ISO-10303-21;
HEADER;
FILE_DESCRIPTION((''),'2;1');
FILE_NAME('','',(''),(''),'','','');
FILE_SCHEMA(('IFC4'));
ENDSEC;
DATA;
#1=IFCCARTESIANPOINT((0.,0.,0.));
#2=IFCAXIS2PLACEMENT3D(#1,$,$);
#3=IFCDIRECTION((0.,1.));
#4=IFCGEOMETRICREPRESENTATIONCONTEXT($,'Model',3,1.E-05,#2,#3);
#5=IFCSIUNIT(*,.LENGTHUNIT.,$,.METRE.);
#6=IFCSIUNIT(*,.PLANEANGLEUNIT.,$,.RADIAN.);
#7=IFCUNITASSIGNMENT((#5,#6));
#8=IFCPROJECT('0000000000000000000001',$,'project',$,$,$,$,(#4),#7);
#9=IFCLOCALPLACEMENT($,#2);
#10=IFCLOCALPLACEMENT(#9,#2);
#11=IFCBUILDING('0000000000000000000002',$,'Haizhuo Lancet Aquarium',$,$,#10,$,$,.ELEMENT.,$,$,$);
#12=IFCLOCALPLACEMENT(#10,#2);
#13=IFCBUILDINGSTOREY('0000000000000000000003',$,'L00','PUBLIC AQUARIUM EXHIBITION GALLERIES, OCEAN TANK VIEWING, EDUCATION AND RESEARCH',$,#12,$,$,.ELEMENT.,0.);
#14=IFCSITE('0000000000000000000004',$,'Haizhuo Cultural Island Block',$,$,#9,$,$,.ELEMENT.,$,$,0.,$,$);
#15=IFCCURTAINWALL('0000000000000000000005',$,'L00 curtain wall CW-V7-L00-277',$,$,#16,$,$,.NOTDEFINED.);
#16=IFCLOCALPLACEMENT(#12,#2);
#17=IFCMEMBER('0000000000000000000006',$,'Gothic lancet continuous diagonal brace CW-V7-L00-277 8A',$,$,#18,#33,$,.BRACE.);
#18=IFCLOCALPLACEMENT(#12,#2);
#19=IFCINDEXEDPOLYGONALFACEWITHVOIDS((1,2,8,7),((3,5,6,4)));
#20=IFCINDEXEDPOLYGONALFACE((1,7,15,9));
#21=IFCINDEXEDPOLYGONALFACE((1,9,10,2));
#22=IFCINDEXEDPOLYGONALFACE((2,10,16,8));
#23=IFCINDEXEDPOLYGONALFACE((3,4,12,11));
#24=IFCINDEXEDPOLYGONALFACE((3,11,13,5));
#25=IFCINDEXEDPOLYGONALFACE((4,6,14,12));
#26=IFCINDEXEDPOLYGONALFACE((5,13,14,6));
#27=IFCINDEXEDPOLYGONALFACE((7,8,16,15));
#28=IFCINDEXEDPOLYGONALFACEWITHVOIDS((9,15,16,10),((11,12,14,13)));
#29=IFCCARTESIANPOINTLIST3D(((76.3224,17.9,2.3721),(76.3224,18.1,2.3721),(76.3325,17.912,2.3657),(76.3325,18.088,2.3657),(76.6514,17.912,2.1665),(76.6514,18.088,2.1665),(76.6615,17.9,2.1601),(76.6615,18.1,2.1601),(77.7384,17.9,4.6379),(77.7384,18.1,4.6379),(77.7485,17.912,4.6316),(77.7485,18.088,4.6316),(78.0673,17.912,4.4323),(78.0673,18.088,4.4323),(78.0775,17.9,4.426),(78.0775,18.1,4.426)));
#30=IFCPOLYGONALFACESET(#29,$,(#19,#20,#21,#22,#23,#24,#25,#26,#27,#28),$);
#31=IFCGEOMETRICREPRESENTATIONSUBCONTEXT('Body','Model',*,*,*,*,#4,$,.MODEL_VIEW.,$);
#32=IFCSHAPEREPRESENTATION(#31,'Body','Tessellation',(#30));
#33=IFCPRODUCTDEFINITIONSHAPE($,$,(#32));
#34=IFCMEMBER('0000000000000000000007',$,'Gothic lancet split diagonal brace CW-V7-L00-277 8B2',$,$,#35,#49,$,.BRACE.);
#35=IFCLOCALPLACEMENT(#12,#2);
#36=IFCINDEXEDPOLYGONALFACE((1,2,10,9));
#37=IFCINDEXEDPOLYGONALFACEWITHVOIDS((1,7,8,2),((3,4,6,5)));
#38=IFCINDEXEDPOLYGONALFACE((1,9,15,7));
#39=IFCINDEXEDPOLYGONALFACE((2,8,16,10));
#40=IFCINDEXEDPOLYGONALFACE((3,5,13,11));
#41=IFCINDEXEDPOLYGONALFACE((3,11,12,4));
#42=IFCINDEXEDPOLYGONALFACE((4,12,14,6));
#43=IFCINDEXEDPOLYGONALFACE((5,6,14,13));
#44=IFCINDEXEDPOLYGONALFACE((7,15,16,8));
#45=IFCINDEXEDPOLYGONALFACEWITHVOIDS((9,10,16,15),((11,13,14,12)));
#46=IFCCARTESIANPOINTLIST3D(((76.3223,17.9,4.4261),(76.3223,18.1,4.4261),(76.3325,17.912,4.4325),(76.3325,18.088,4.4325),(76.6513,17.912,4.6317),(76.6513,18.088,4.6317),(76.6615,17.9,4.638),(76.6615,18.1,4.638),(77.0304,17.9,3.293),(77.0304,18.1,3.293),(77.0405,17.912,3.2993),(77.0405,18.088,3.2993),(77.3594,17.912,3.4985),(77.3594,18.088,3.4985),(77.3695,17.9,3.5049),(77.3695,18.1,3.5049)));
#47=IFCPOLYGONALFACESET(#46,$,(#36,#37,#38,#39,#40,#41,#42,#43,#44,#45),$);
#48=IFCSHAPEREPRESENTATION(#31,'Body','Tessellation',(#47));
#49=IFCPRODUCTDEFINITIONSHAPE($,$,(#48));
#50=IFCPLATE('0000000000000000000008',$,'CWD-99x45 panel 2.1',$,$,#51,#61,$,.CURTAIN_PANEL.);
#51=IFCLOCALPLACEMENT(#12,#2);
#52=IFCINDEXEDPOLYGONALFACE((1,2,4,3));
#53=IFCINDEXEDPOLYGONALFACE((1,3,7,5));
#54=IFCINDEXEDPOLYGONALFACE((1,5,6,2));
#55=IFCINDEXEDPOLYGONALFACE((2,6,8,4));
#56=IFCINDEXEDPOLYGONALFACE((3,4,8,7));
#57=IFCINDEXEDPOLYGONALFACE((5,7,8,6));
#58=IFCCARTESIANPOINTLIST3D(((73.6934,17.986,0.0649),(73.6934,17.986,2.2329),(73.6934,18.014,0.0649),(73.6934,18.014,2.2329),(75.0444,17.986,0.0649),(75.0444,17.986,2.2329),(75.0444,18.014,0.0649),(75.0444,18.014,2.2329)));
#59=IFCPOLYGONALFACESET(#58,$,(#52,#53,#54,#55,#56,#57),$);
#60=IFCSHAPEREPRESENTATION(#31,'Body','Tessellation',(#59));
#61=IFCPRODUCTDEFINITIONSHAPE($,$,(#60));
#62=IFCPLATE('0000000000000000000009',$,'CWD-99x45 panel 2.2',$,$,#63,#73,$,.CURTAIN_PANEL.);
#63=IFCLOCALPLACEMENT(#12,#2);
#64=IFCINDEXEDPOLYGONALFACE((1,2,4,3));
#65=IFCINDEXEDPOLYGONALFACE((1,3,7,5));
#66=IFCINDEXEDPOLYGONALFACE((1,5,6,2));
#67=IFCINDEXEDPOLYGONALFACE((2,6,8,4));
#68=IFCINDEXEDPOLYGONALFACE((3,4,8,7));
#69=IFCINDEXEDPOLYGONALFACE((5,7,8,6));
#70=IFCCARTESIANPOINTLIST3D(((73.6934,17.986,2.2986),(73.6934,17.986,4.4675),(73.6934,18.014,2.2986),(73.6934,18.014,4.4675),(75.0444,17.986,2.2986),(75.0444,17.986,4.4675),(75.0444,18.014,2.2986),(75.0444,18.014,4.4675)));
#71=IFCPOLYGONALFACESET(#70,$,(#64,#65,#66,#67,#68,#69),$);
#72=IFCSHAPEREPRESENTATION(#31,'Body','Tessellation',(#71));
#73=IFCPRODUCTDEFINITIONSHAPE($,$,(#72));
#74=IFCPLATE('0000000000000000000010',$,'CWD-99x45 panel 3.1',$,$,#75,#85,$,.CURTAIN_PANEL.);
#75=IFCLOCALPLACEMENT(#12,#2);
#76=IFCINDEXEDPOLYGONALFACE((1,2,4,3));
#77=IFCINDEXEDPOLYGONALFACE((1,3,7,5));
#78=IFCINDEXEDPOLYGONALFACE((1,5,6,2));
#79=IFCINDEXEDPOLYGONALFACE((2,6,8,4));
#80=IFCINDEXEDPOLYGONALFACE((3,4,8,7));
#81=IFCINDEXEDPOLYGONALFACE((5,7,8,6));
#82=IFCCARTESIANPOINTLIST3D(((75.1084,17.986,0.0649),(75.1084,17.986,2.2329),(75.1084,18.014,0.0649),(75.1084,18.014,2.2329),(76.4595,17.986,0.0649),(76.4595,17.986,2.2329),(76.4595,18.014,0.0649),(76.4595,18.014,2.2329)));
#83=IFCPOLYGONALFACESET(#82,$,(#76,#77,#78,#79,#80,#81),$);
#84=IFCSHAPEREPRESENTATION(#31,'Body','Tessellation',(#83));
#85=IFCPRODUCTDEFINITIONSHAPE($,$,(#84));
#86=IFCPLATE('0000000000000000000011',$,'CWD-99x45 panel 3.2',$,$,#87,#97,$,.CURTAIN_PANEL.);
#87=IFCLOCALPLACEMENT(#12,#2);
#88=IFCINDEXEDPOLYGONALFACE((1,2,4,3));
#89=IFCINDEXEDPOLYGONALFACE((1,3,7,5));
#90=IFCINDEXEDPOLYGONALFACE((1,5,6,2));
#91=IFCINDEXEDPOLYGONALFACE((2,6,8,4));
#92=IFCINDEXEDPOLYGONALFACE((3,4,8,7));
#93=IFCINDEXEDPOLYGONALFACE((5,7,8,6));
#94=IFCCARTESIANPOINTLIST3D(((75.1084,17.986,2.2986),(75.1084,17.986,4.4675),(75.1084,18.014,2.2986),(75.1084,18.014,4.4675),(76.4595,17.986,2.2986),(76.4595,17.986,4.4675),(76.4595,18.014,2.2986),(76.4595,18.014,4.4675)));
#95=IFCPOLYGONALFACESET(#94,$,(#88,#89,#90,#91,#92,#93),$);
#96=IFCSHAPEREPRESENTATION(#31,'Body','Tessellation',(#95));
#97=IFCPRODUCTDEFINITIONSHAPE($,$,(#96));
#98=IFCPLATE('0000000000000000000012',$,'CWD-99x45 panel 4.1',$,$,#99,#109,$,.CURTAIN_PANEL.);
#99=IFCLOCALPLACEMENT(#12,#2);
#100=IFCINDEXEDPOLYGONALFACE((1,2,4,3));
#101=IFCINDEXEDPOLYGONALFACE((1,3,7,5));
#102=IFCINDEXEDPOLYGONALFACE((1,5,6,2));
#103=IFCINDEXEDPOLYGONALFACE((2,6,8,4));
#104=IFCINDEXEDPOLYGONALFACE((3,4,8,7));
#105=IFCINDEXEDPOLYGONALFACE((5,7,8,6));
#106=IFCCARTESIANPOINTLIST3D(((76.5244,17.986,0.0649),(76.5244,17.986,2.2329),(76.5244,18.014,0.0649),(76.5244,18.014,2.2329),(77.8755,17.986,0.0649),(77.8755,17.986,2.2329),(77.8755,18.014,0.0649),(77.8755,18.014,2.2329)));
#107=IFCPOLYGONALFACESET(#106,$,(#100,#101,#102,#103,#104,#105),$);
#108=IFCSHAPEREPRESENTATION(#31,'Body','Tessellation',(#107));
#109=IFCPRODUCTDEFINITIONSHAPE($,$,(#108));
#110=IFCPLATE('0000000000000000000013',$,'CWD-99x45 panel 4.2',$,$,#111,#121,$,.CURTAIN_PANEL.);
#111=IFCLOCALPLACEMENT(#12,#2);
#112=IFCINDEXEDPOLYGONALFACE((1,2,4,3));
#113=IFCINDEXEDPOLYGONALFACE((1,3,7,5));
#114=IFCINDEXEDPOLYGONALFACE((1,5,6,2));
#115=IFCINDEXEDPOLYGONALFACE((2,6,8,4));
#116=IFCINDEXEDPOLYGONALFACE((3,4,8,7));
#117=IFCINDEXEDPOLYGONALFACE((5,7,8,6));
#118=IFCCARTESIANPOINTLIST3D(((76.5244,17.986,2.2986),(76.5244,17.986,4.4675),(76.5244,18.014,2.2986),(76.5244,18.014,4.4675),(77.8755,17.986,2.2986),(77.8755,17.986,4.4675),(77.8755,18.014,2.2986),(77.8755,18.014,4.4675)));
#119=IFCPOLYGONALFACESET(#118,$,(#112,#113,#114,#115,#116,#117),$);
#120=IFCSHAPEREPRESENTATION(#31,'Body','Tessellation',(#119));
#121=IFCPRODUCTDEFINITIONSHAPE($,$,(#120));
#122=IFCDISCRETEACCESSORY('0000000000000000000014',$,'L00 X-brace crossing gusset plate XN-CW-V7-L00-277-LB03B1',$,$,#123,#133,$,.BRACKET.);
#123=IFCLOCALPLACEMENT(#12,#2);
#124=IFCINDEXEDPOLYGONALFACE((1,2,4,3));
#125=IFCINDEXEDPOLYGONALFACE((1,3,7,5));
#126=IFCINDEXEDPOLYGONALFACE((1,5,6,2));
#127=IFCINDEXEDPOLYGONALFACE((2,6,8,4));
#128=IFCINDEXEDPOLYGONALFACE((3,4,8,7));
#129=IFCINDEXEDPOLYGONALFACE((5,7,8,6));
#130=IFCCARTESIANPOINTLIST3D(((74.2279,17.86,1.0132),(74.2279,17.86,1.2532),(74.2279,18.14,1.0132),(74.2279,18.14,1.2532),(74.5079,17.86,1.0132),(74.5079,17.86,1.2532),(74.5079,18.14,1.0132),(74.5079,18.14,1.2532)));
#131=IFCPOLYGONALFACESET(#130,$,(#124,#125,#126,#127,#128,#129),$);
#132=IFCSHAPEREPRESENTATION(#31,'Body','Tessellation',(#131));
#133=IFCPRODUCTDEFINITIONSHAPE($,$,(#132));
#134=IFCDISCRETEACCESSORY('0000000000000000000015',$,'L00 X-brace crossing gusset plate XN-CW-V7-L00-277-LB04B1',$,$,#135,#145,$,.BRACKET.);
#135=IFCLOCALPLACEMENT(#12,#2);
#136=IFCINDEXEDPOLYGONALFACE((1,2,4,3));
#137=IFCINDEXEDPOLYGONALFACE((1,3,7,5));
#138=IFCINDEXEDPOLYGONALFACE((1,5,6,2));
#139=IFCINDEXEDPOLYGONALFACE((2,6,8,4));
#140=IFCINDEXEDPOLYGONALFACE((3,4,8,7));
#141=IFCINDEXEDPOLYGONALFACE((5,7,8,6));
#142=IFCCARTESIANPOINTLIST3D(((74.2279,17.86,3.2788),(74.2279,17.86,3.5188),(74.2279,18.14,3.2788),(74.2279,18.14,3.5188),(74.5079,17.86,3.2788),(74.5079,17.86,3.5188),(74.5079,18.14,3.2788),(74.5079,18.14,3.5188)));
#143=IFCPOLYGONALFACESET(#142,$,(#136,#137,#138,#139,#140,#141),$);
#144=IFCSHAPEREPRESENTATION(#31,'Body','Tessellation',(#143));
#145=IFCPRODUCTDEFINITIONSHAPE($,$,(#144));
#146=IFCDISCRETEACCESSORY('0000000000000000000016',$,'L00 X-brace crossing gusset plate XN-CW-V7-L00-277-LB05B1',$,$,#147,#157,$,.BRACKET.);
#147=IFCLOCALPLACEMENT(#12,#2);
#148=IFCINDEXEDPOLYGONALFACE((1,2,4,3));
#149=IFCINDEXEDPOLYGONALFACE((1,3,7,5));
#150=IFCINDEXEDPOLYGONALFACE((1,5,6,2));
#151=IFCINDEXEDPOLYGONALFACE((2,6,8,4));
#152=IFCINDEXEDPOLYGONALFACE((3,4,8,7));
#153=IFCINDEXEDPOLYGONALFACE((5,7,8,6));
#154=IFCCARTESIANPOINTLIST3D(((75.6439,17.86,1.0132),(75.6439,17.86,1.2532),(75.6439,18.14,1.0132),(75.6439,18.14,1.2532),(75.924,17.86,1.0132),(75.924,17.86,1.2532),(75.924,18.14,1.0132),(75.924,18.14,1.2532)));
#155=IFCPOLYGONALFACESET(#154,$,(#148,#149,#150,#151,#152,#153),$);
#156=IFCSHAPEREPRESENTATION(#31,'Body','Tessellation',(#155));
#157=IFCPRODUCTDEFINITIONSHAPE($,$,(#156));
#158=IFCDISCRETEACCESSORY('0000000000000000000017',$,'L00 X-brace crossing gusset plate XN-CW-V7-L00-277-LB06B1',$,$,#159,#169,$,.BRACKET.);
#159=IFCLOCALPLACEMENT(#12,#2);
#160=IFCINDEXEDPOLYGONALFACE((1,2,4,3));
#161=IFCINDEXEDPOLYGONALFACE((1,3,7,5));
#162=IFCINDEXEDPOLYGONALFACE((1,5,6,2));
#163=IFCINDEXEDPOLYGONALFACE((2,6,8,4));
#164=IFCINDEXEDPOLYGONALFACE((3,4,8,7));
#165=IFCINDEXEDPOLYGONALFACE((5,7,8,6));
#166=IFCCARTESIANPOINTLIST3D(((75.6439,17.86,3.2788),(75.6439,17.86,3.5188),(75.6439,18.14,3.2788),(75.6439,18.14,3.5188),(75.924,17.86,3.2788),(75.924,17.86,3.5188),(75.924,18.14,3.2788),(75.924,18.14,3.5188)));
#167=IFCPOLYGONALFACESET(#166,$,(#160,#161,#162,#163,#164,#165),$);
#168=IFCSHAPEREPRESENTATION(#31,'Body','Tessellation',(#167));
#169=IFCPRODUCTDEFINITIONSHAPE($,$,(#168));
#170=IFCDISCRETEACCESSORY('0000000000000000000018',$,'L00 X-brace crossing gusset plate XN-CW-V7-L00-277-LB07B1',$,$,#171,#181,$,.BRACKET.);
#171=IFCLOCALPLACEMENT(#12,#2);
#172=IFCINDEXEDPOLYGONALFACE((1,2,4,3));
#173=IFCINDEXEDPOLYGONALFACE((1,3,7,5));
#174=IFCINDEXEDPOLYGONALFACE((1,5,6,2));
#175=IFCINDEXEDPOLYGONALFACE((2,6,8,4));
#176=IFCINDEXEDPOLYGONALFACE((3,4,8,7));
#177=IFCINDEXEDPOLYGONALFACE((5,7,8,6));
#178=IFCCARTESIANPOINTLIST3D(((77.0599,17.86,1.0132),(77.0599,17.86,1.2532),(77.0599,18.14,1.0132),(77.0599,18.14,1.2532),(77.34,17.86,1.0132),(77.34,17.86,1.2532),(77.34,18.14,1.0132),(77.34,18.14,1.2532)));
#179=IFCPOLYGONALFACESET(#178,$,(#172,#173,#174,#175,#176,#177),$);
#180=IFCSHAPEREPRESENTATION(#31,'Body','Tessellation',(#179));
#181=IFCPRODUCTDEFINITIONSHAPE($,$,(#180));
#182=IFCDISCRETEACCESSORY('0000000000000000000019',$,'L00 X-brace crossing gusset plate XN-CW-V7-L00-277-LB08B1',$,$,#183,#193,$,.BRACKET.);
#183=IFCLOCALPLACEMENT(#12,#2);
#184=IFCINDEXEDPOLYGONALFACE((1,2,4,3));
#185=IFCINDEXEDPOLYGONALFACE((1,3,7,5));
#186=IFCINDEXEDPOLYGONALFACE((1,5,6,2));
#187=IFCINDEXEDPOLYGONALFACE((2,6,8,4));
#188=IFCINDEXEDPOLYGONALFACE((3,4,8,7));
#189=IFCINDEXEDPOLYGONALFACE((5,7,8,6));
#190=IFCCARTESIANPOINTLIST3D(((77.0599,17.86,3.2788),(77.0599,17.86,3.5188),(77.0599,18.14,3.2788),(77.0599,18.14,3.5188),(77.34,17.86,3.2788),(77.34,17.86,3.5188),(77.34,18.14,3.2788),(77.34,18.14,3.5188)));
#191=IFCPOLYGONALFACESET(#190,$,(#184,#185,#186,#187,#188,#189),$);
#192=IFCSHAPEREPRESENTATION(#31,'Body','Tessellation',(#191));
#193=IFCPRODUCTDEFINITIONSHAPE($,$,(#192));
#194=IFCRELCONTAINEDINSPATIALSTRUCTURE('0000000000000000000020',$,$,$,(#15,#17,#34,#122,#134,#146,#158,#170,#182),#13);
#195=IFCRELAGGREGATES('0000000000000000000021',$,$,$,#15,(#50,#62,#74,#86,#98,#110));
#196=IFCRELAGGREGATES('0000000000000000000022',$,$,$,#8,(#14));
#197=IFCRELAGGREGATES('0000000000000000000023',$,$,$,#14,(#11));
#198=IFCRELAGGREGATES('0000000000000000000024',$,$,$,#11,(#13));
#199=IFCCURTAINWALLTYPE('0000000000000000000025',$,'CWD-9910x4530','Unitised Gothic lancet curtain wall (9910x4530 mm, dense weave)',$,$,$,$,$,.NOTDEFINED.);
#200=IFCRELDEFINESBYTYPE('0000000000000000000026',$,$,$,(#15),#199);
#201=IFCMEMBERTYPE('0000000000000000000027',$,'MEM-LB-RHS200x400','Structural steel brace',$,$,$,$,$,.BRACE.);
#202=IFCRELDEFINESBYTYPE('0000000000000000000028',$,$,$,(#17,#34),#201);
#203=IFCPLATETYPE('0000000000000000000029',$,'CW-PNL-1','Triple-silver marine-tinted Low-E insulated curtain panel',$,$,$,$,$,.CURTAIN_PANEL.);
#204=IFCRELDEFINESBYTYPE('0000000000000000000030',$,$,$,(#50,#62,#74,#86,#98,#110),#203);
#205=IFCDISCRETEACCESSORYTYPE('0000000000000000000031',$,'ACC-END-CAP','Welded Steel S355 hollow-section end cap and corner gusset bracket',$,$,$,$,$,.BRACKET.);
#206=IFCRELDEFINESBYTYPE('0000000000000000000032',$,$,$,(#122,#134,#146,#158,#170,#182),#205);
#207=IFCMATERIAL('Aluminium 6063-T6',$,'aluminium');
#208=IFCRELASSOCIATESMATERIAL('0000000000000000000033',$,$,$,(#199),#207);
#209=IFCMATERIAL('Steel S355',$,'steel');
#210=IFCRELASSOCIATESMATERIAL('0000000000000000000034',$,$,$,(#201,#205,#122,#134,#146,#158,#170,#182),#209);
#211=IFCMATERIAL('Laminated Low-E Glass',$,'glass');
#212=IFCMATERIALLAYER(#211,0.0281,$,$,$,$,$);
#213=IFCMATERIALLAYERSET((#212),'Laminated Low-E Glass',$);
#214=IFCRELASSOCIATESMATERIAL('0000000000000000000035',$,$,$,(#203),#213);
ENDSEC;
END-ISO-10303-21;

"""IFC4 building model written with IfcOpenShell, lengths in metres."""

from ifc_helpers import new_model, si_unit, direction, frame, origin, origin_2d, place, context, subcontext, project, spatial, rectangle, hollow_rectangle, extrude, material, layer, layer_set, material_profile, profile_set, type_object, element, aggregate, save


model = new_model("IFC4")

# Units and contexts
model_context = context("Model", 3, precision=1e-05, world=origin(), true_north=direction((0.0, 1.0)))
body_context = subcontext(model_context, "Body", "Model", "MODEL_VIEW")
ifc_project = project(units=[si_unit("LENGTHUNIT", "METRE"), si_unit("PLANEANGLEUNIT", "RADIAN")], contexts=[model_context])

# Site, building, storey
site_placement = place(None, origin())
site = spatial("IfcSite", under=ifc_project, at=site_placement, Name="Haizhuo Cultural Island Block", CompositionType="ELEMENT", RefElevation=0.0)
building_placement = place(site_placement, origin())
building = spatial("IfcBuilding", under=site, at=building_placement, Name="Haizhuo Lancet Aquarium", CompositionType="ELEMENT")
storey_placement = place(building_placement, origin())
storey = spatial("IfcBuildingStorey", under=building, at=storey_placement, Name="L00", Description="PUBLIC AQUARIUM EXHIBITION GALLERIES, OCEAN TANK VIEWING, EDUCATION AND RESEARCH", CompositionType="ELEMENT", Elevation=0.0)

# Curtain wall
ifc_material_1 = material(Name="Aluminium 6063-T6", Category="aluminium")
curtain_wall_type = type_object("IfcCurtainWallType", Name="CWD-9910x4530", Description="Unitised Gothic lancet curtain wall (9910x4530 mm, dense weave)", PredefinedType="NOTDEFINED", material=ifc_material_1)
curtain_wall_placement = place(storey_placement, origin())
curtain_wall = element("IfcCurtainWall", 1, at=curtain_wall_placement, inside=storey, type_object=curtain_wall_type, Name="L00 curtain wall CW-V7-L00-277", PredefinedType="NOTDEFINED")

# Members
ifc_material_2 = material(Name="Steel S355", Category="steel")
ifc_material_profile_1 = material_profile(ifc_material_2, hollow_rectangle(XDim=0.2, YDim=0.3999, WallThickness=0.012, at=origin_2d()), Name="RHS 200x400x12")
ifc_profile_set_1 = profile_set([ifc_material_profile_1], Name="Steel S355")
member_type_1 = type_object("IfcMemberType", Name="MEM-LB-RHS200x400", Description="Structural steel brace", PredefinedType="BRACE", material=ifc_profile_set_1)
member_1_placement = place(storey_placement, frame((76.4919, 18.0, 2.2661), z_axis=(0.529958, 0.0, 0.848024), x_axis=(0.0, 1.0, 0.0)))
element("IfcMember", 2, at=member_1_placement, inside=storey, type_object=member_type_1, Name="Gothic lancet continuous diagonal brace CW-V7-L00-277 8A", PredefinedType="BRACE", context=body_context, shape_type="SweptSolid", body=[
    extrude(hollow_rectangle(XDim=0.2, YDim=0.3999, WallThickness=0.012, at=origin_2d()), origin(), (0.0, 0.0, 1.0), 2.6719),
])
member_2_placement = place(storey_placement, frame((77.2, 18.0, 3.3989), z_axis=(-0.529917, 0.0, 0.84805), x_axis=(0.0, -1.0, 0.0)))
element("IfcMember", 3, at=member_2_placement, inside=storey, type_object=member_type_1, Name="Gothic lancet split diagonal brace CW-V7-L00-277 8B2", PredefinedType="BRACE", context=body_context, shape_type="SweptSolid", body=[
    extrude(hollow_rectangle(XDim=0.2, YDim=0.3999, WallThickness=0.012, at=origin_2d()), origin(), (0.0, 0.0, 1.0), 1.3362),
])

# Plates
ifc_material_3 = material(Name="Laminated Low-E Glass", Category="glass")
ifc_layer = layer(ifc_material_3, 0.0281)
ifc_layer_set = layer_set([ifc_layer], Name="Laminated Low-E Glass")
plate_type = type_object("IfcPlateType", Name="CW-PNL-1", Description="Triple-silver marine-tinted Low-E insulated curtain panel", PredefinedType="CURTAIN_PANEL", material=ifc_layer_set)
plate_1_placement = place(storey_placement, frame((74.3689, 18.0, 0.0649), z_axis=(0.0, 0.0, 1.0), x_axis=(1.0, 0.0, 0.0)))
plate_1 = element("IfcPlate", 4, at=plate_1_placement, type_object=plate_type, Name="CWD-99x45 panel 2.1", PredefinedType="CURTAIN_PANEL", context=body_context, shape_type="SweptSolid", body=[
    extrude(rectangle(XDim=1.3511, YDim=0.0281, at=origin_2d()), origin(), (0.0, 0.0, 1.0), 2.168),
])
plate_2_placement = place(storey_placement, frame((74.3689, 18.0, 2.2986), z_axis=(0.0, 0.0, 1.0), x_axis=(1.0, 0.0, 0.0)))
plate_2 = element("IfcPlate", 5, at=plate_2_placement, type_object=plate_type, Name="CWD-99x45 panel 2.2", PredefinedType="CURTAIN_PANEL", context=body_context, shape_type="SweptSolid", body=[
    extrude(rectangle(XDim=1.3511, YDim=0.0281, at=origin_2d()), origin(), (0.0, 0.0, 1.0), 2.1689),
])
plate_3_placement = place(storey_placement, frame((75.7839, 18.0, 0.0649), z_axis=(0.0, 0.0, 1.0), x_axis=(1.0, 0.0, 0.0)))
plate_3 = element("IfcPlate", 6, at=plate_3_placement, type_object=plate_type, Name="CWD-99x45 panel 3.1", PredefinedType="CURTAIN_PANEL", context=body_context, shape_type="SweptSolid", body=[
    extrude(rectangle(XDim=1.3511, YDim=0.0281, at=origin_2d()), origin(), (0.0, 0.0, 1.0), 2.168),
])
plate_4_placement = place(storey_placement, frame((75.7839, 18.0, 2.2986), z_axis=(0.0, 0.0, 1.0), x_axis=(1.0, 0.0, 0.0)))
plate_4 = element("IfcPlate", 7, at=plate_4_placement, type_object=plate_type, Name="CWD-99x45 panel 3.2", PredefinedType="CURTAIN_PANEL", context=body_context, shape_type="SweptSolid", body=[
    extrude(rectangle(XDim=1.3511, YDim=0.0281, at=origin_2d()), origin(), (0.0, 0.0, 1.0), 2.1689),
])
plate_5_placement = place(storey_placement, frame((77.2, 18.0, 0.0649), z_axis=(0.0, 0.0, 1.0), x_axis=(1.0, 0.0, 0.0)))
plate_5 = element("IfcPlate", 8, at=plate_5_placement, type_object=plate_type, Name="CWD-99x45 panel 4.1", PredefinedType="CURTAIN_PANEL", context=body_context, shape_type="SweptSolid", body=[
    extrude(rectangle(XDim=1.3511, YDim=0.0281, at=origin_2d()), origin(), (0.0, 0.0, 1.0), 2.168),
])
plate_6_placement = place(storey_placement, frame((77.2, 18.0, 2.2986), z_axis=(0.0, 0.0, 1.0), x_axis=(1.0, 0.0, 0.0)))
plate_6 = element("IfcPlate", 9, at=plate_6_placement, type_object=plate_type, Name="CWD-99x45 panel 4.2", PredefinedType="CURTAIN_PANEL", context=body_context, shape_type="SweptSolid", body=[
    extrude(rectangle(XDim=1.3511, YDim=0.0281, at=origin_2d()), origin(), (0.0, 0.0, 1.0), 2.1689),
])
aggregate(curtain_wall, [plate_1, plate_2, plate_3, plate_4, plate_5, plate_6])

# Discrete accessories
discrete_accessory_type = type_object("IfcDiscreteAccessoryType", Name="ACC-END-CAP", Description="Welded Steel S355 hollow-section end cap and corner gusset bracket", PredefinedType="BRACKET", material=ifc_material_2)
for number, where, z_axis, x_axis, name in (
    (10, (74.3679, 18.0, 1.0132), (0.0, 0.0, 1.0), (1.0, 0.0, 0.0), "L00 X-brace crossing gusset plate XN-CW-V7-L00-277-LB03B1"),
    (11, (74.3679, 18.0, 3.2788), (0.0, 0.0, 1.0), (1.0, 0.0, 0.0), "L00 X-brace crossing gusset plate XN-CW-V7-L00-277-LB04B1"),
    (12, (75.7839, 18.0, 1.0132), (0.0, 0.0, 1.0), (1.0, 0.0, 0.0), "L00 X-brace crossing gusset plate XN-CW-V7-L00-277-LB05B1"),
    (13, (75.7839, 18.0, 3.2788), (0.0, 0.0, 1.0), (1.0, 0.0, 0.0), "L00 X-brace crossing gusset plate XN-CW-V7-L00-277-LB06B1"),
    (14, (77.2, 18.0, 1.0132), (0.0, 0.0, 1.0), (1.0, 0.0, 0.0), "L00 X-brace crossing gusset plate XN-CW-V7-L00-277-LB07B1"),
    (15, (77.2, 18.0, 3.2788), (0.0, 0.0, 1.0), (1.0, 0.0, 0.0), "L00 X-brace crossing gusset plate XN-CW-V7-L00-277-LB08B1"),
):
    element("IfcDiscreteAccessory", number, at=place(storey_placement, frame(where, z_axis=z_axis, x_axis=x_axis)), inside=storey, type_object=discrete_accessory_type, material=ifc_material_2, Name=name, PredefinedType="BRACKET", context=body_context, shape_type="SweptSolid", body=[
        extrude(rectangle(XDim=0.28, YDim=0.28, at=origin_2d()), origin(), (0.0, 0.0, 1.0), 0.24),
    ])

save(model, "model.ifc")
